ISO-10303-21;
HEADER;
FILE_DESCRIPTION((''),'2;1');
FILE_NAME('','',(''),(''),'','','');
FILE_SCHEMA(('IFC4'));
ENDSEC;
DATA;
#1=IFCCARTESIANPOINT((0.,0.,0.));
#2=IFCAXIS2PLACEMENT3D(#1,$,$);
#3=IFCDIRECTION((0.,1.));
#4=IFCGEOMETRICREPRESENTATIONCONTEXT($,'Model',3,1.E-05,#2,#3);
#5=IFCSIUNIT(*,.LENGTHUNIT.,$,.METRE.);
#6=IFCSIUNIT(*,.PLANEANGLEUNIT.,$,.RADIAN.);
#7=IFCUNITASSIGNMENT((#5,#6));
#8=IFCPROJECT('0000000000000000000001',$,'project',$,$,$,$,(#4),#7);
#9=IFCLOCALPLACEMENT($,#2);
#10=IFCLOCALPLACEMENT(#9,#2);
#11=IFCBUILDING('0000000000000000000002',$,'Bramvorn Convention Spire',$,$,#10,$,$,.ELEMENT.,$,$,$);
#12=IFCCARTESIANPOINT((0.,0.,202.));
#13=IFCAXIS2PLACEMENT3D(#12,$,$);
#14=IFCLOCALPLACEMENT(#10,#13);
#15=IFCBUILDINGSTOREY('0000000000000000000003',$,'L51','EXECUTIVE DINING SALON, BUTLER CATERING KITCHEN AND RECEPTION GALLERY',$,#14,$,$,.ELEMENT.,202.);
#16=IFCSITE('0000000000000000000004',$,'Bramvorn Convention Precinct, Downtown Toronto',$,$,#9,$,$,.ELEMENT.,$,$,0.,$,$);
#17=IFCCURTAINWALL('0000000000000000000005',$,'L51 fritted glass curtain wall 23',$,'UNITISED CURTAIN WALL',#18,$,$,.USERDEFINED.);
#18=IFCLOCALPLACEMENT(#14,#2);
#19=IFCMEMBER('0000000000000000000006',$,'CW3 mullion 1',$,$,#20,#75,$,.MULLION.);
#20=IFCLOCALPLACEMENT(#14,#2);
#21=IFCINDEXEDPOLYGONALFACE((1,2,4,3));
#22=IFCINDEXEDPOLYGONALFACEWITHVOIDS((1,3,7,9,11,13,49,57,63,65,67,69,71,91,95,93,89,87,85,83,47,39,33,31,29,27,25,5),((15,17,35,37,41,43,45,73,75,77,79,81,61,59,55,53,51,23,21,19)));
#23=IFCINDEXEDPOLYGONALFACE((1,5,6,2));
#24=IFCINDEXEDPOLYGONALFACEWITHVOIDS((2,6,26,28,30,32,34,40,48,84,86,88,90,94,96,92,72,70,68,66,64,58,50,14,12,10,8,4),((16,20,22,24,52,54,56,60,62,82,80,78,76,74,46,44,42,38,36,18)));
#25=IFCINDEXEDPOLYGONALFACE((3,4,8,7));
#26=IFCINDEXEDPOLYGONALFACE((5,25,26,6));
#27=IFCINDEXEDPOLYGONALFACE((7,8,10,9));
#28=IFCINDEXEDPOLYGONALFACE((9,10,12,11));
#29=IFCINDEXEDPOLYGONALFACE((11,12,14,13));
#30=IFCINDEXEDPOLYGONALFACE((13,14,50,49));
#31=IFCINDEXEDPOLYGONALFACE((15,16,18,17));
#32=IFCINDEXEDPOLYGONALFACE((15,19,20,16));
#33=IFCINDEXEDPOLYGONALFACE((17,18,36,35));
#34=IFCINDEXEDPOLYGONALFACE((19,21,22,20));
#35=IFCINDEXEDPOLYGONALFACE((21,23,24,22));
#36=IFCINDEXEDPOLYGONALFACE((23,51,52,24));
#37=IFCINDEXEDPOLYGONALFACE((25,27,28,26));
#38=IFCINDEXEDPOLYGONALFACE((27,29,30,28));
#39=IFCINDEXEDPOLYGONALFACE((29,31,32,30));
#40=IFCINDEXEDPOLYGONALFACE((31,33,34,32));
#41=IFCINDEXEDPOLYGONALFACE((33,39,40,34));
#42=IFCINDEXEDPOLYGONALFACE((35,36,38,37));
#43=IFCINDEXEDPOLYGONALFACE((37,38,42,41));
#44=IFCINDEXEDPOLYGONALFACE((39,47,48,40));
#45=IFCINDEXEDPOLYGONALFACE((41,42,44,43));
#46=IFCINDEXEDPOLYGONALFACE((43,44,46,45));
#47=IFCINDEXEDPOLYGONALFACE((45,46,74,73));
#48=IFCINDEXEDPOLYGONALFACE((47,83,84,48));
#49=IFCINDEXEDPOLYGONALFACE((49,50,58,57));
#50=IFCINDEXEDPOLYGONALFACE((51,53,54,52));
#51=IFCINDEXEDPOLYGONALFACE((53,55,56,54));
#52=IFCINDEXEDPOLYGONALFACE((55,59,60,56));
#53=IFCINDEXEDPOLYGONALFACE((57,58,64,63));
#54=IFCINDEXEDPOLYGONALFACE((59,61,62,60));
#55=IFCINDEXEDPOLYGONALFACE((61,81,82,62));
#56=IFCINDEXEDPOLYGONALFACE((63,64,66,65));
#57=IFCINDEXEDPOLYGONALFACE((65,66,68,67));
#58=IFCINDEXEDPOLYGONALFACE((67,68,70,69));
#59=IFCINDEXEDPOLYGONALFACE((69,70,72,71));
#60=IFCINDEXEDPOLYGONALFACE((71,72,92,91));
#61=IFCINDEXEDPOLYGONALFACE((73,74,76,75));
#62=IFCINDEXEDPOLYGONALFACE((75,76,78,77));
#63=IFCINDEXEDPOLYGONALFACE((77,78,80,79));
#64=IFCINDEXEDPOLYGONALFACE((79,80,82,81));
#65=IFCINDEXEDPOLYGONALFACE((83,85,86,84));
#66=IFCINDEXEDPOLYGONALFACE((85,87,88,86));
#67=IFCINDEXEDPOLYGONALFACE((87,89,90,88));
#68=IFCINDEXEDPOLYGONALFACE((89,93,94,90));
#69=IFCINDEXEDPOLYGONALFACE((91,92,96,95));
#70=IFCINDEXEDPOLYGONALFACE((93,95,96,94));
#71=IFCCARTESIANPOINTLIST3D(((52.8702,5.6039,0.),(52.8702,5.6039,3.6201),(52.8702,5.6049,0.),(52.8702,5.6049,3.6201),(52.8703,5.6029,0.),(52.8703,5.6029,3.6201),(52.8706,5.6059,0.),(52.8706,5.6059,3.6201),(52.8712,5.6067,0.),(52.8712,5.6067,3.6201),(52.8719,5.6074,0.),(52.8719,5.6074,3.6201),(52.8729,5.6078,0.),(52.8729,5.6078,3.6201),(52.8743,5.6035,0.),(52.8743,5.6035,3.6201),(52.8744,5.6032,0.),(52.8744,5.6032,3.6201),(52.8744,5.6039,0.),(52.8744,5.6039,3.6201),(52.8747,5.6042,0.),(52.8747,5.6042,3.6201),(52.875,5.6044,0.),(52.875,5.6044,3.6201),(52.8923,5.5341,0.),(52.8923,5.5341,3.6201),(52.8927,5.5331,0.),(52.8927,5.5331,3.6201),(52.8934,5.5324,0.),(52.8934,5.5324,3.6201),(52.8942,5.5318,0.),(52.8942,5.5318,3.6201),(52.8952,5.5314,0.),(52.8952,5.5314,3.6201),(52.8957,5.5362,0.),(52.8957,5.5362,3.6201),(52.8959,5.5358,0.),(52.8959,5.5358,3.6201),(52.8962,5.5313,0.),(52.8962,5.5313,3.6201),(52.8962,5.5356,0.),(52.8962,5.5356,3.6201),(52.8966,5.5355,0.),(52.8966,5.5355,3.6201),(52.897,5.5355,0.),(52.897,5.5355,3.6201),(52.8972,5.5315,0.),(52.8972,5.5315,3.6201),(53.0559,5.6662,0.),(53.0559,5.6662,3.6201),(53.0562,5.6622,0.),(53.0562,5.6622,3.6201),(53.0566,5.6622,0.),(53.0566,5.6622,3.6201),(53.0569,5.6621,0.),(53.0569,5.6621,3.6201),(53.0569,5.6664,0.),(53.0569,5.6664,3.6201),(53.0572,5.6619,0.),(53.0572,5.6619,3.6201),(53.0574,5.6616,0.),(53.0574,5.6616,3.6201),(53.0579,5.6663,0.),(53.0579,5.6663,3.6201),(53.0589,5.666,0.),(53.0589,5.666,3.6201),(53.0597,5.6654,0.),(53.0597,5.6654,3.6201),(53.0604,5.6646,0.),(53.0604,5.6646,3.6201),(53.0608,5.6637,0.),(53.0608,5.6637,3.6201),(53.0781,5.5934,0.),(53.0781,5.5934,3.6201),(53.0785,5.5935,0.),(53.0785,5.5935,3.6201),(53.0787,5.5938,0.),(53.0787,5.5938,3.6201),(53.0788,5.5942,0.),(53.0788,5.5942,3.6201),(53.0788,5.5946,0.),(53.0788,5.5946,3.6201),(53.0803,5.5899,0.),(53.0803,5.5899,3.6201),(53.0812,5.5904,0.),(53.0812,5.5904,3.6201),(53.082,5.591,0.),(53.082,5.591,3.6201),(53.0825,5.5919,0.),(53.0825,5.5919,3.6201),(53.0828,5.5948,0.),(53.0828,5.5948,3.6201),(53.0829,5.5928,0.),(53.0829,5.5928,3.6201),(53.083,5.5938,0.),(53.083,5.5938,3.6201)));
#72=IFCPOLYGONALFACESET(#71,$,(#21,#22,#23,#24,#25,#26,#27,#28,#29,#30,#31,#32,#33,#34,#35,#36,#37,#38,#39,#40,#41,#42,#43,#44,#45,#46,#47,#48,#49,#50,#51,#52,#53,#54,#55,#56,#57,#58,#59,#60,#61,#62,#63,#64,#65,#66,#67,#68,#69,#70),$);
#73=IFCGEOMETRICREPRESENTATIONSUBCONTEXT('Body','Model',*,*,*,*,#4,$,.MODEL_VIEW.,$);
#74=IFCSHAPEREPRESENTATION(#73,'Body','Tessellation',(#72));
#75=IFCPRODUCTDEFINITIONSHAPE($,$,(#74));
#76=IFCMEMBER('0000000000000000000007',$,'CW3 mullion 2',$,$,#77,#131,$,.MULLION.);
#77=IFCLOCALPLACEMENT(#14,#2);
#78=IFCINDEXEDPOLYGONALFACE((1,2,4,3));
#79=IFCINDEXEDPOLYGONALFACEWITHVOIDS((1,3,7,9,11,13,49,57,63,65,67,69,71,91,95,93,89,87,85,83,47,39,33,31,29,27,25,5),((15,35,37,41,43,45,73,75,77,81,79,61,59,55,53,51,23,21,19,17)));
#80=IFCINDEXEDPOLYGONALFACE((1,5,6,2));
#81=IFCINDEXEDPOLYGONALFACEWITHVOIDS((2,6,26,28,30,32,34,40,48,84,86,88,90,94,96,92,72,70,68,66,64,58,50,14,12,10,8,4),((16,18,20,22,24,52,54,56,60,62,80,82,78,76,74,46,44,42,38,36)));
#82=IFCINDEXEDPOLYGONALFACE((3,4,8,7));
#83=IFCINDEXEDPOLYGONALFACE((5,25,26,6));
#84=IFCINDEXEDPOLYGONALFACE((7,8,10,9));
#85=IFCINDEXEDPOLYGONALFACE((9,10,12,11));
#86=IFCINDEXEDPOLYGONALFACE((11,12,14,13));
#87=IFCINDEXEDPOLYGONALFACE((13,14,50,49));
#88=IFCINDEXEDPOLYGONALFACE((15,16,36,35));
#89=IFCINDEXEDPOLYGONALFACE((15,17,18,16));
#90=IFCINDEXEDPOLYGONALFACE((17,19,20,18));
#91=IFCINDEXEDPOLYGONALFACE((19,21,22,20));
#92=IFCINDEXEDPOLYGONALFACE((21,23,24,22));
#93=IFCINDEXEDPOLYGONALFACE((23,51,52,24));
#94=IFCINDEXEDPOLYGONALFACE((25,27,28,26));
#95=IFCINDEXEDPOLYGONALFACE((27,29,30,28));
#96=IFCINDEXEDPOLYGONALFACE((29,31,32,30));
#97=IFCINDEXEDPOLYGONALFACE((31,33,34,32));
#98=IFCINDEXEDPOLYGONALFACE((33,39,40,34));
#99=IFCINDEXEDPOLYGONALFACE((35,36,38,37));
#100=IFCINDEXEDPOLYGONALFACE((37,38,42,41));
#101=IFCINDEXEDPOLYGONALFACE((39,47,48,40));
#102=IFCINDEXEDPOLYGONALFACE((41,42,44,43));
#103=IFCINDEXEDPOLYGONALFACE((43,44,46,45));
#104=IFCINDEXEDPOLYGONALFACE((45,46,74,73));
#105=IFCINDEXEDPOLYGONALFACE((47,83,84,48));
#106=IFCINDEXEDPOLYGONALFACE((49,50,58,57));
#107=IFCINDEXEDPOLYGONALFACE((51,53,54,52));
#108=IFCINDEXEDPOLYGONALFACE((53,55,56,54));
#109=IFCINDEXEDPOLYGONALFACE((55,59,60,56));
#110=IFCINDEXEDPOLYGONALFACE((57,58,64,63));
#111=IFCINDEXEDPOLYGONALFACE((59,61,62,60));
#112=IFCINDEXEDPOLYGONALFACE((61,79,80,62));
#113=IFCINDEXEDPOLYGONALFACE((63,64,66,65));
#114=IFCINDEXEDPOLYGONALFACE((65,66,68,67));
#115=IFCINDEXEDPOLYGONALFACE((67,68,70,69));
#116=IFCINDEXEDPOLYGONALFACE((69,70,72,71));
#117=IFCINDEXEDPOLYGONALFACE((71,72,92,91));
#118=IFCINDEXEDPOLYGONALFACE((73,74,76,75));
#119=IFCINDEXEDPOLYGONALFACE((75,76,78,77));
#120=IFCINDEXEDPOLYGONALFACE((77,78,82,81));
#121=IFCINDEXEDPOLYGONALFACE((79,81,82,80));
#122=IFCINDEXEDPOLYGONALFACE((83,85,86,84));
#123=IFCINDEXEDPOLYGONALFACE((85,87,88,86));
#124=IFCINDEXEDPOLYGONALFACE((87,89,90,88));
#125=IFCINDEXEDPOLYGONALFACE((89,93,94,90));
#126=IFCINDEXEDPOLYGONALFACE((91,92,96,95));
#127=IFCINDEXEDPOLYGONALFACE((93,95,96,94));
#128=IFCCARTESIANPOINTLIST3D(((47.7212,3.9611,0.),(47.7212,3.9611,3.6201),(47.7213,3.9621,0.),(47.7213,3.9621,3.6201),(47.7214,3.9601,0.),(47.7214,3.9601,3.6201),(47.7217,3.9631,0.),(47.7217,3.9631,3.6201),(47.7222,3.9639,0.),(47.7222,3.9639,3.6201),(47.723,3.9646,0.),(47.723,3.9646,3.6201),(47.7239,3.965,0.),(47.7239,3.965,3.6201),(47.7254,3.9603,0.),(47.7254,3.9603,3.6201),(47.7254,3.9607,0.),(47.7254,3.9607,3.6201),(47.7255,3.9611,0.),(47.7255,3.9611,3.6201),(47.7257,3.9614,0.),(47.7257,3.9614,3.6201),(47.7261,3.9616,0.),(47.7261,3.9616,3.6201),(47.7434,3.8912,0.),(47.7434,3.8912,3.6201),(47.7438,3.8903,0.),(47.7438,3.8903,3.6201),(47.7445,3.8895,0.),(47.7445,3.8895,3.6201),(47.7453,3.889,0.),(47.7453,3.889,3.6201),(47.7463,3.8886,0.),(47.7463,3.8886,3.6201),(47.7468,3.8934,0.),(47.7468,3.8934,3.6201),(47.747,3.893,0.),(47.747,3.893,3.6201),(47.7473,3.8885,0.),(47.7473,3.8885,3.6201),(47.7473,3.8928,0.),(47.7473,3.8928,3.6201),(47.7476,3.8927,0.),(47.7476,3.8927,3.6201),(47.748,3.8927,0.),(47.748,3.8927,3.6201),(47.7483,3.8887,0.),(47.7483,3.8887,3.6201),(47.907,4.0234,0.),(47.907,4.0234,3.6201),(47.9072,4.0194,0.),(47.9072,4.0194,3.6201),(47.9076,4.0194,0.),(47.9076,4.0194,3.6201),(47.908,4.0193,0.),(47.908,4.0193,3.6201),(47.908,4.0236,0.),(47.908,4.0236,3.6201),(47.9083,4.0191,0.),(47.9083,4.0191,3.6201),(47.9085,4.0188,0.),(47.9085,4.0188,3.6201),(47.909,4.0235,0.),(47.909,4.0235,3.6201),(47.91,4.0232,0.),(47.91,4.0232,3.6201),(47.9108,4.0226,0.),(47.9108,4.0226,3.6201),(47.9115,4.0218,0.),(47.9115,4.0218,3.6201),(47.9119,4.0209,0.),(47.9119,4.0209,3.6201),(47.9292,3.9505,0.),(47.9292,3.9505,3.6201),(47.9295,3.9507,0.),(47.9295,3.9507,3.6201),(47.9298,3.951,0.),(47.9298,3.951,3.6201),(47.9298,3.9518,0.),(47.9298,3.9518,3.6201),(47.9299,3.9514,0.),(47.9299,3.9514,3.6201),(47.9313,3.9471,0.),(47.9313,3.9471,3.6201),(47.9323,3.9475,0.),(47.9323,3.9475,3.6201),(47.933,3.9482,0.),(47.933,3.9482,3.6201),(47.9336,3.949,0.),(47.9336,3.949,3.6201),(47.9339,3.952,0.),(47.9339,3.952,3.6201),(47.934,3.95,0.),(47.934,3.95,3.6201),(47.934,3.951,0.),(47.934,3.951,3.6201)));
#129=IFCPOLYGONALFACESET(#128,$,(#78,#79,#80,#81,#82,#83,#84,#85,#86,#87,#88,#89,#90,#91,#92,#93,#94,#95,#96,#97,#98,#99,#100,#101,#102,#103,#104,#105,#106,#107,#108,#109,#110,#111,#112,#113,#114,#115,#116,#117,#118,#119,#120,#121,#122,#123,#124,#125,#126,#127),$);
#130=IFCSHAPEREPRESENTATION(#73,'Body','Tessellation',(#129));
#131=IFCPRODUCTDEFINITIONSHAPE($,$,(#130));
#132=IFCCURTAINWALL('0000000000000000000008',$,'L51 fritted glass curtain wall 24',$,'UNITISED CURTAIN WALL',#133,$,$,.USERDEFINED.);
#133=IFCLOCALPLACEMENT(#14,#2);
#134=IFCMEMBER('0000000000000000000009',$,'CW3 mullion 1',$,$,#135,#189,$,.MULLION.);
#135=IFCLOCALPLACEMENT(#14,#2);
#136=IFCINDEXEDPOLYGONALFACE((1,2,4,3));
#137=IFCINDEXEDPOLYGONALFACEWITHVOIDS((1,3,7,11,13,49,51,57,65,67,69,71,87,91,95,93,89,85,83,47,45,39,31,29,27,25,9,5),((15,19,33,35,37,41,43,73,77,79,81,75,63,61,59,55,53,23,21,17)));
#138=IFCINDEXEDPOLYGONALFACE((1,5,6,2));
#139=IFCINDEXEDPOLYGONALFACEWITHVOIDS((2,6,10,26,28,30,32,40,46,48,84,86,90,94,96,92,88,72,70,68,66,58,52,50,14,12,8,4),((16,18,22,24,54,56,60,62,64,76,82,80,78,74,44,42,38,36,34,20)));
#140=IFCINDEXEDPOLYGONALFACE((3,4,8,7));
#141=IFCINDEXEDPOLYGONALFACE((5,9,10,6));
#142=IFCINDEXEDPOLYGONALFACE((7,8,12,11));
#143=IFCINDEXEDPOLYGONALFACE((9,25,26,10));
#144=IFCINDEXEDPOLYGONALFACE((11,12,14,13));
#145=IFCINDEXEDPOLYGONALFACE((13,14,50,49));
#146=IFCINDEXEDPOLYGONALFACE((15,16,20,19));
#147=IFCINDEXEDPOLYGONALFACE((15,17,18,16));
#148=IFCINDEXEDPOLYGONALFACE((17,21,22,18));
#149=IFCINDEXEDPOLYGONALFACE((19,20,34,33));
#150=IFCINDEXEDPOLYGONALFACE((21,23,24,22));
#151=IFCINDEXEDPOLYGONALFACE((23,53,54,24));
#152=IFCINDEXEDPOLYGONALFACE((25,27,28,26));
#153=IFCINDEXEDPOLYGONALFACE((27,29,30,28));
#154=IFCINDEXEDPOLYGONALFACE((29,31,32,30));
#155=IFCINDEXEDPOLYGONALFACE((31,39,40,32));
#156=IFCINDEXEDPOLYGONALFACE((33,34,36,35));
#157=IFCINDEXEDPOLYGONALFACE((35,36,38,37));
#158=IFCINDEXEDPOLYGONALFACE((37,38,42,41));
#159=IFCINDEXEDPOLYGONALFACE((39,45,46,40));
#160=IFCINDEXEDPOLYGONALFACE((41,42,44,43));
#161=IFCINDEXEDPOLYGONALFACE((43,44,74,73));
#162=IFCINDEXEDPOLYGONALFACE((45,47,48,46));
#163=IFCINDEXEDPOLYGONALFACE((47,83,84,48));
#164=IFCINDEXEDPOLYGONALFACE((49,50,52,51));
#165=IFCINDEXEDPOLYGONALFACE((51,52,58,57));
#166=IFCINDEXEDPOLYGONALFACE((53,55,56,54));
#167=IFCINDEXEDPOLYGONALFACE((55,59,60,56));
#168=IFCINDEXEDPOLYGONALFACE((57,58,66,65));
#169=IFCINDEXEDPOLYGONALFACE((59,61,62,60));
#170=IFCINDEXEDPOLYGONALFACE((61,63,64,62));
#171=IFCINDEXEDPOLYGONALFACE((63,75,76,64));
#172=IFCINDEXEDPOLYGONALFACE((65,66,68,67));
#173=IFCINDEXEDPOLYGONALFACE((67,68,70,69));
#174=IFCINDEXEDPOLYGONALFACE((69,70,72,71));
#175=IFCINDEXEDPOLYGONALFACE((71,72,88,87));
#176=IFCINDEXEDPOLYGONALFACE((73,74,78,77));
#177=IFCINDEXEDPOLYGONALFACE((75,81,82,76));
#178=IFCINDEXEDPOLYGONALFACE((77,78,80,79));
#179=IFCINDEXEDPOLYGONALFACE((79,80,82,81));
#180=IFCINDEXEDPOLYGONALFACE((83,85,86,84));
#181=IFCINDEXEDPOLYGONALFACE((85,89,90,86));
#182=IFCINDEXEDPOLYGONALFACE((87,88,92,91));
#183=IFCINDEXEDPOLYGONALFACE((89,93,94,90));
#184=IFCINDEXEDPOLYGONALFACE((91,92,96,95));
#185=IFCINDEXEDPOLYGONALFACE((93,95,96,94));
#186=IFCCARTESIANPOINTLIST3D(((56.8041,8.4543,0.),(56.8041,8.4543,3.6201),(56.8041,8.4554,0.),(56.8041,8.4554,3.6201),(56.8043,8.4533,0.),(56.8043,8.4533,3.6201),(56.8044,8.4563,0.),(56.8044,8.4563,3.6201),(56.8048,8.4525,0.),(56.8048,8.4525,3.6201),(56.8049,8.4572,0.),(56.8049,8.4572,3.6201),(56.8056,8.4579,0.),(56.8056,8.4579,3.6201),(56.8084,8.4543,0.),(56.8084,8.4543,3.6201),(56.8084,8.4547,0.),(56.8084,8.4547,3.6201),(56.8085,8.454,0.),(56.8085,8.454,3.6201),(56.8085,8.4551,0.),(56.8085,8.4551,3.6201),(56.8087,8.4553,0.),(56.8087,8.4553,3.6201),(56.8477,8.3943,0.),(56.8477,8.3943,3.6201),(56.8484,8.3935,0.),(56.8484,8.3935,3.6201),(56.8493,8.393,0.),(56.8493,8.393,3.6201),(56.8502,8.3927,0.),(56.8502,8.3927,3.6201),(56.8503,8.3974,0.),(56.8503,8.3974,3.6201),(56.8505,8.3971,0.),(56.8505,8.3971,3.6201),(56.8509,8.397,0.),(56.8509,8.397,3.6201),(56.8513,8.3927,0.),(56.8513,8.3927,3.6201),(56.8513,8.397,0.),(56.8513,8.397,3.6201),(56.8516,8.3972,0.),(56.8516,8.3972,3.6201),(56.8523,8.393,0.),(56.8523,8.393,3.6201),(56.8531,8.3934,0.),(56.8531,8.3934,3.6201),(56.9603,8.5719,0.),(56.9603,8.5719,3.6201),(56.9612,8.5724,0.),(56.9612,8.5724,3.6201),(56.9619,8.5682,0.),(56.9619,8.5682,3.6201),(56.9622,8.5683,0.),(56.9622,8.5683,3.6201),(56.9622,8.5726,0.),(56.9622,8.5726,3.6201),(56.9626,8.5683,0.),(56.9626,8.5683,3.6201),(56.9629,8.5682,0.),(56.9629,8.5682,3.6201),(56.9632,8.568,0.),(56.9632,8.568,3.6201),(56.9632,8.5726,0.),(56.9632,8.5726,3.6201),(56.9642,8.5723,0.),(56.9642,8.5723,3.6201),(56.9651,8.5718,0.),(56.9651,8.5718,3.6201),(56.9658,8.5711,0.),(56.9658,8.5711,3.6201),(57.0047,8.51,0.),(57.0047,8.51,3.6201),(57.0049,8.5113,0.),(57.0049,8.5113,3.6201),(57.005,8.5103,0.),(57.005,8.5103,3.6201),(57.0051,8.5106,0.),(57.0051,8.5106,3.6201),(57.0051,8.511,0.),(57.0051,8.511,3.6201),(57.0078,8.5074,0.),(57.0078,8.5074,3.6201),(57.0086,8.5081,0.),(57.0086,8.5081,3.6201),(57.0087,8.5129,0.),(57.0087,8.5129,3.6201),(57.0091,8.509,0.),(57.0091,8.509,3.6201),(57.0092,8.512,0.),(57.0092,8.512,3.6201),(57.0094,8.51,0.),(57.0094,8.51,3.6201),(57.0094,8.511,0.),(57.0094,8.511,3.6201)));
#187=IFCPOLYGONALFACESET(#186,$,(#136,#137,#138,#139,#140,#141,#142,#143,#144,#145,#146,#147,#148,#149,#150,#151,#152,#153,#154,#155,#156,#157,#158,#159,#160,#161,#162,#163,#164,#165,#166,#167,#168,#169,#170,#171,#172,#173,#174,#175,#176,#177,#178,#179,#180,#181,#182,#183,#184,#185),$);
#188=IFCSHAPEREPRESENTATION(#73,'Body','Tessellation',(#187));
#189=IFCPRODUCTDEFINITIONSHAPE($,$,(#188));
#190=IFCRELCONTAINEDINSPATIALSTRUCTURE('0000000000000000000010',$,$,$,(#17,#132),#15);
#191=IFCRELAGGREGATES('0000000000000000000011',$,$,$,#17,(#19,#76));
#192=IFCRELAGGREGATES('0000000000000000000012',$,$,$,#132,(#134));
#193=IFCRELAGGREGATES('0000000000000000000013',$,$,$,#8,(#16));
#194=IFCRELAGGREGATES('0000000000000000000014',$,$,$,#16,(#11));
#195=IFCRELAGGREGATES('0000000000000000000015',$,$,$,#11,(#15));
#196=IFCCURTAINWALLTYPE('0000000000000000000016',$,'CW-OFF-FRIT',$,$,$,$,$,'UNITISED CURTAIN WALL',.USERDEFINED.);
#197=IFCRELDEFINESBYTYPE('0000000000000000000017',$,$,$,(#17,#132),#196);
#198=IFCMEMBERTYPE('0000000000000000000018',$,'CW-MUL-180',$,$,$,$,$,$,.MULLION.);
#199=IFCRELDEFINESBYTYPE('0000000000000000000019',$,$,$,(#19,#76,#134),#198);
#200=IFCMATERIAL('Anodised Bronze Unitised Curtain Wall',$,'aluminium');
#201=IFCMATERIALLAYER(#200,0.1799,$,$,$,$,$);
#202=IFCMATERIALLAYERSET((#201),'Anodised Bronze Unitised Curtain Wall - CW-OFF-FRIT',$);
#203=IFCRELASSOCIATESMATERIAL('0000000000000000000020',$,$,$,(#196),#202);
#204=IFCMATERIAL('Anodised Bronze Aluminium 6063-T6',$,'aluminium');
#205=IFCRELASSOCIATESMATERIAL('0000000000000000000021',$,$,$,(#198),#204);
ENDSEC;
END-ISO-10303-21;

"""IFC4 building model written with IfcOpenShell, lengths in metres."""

from ifc_helpers import new_model, si_unit, direction, frame, origin, origin_2d, place, context, subcontext, project, spatial, hollow_rectangle, extrude, material, layer, layer_set, material_profile, profile_set, type_object, element, aggregate, save


model = new_model("IFC4")

# Units and contexts
model_context = context("Model", 3, precision=1e-05, world=origin(), true_north=direction((0.0, 1.0)))
body_context = subcontext(model_context, "Body", "Model", "MODEL_VIEW")
ifc_project = project(units=[si_unit("LENGTHUNIT", "METRE"), si_unit("PLANEANGLEUNIT", "RADIAN")], contexts=[model_context])

# Site, building, storey
site_placement = place(None, origin())
site = spatial("IfcSite", under=ifc_project, at=site_placement, Name="Bramvorn Convention Precinct, Downtown Toronto", CompositionType="ELEMENT", RefElevation=0.0)
building_placement = place(site_placement, origin())
building = spatial("IfcBuilding", under=site, at=building_placement, Name="Bramvorn Convention Spire", CompositionType="ELEMENT")
storey_placement = place(building_placement, frame((0.0, 0.0, 202.0)))
storey = spatial("IfcBuildingStorey", under=building, at=storey_placement, Name="L51", Description="EXECUTIVE DINING SALON, BUTLER CATERING KITCHEN AND RECEPTION GALLERY", CompositionType="ELEMENT", Elevation=202.0)

# Curtain walls, members
ifc_material_1 = material(Name="Anodised Bronze Unitised Curtain Wall", Category="aluminium")
ifc_layer_1 = layer(ifc_material_1, 0.1799)
ifc_layer_set_1 = layer_set([ifc_layer_1], Name="Anodised Bronze Unitised Curtain Wall - CW-OFF-FRIT")
curtain_wall_type = type_object("IfcCurtainWallType", Name="CW-OFF-FRIT", ElementType="UNITISED CURTAIN WALL", PredefinedType="USERDEFINED", material=ifc_layer_set_1)
curtain_wall_1_placement = place(storey_placement, origin())
curtain_wall_1 = element("IfcCurtainWall", 1, at=curtain_wall_1_placement, inside=storey, type_object=curtain_wall_type, Name="L51 fritted glass curtain wall 23", ObjectType="UNITISED CURTAIN WALL", PredefinedType="USERDEFINED")
ifc_material_2 = material(Name="Anodised Bronze Aluminium 6063-T6", Category="aluminium")
ifc_material_profile_1 = material_profile(ifc_material_2, hollow_rectangle(XDim=0.0801, YDim=0.2, WallThickness=0.0039, InnerFilletRadius=0.001, OuterFilletRadius=0.0039, at=origin_2d()))
ifc_profile_set_1 = profile_set([ifc_material_profile_1], Name="Anodised Bronze Aluminium 6063-T6 - CWM80X200")
member_type_1 = type_object("IfcMemberType", Name="CW-MUL-180", PredefinedType="MULLION", material=ifc_profile_set_1)
member_1_placement = place(storey_placement, frame((52.9766, 5.5989, 0.0), z_axis=(0.0, 0.0, 1.0), x_axis=(0.303976, -0.95268, 0.0)))
member_1 = element("IfcMember", 2, at=member_1_placement, type_object=member_type_1, Name="CW3 mullion 1", PredefinedType="MULLION", context=body_context, shape_type="SweptSolid", body=[
    extrude(hollow_rectangle(XDim=0.0801, YDim=0.2, WallThickness=0.0039, InnerFilletRadius=0.001, OuterFilletRadius=0.0039, at=origin_2d()), origin(), (0.0, 0.0, 1.0), 3.6201),
])
member_2_placement = place(storey_placement, frame((47.8276, 3.9561, 0.0), z_axis=(0.0, 0.0, 1.0), x_axis=(0.303976, -0.95268, 0.0)))
member_2 = element("IfcMember", 3, at=member_2_placement, type_object=member_type_1, Name="CW3 mullion 2", PredefinedType="MULLION", context=body_context, shape_type="SweptSolid", body=[
    extrude(hollow_rectangle(XDim=0.0801, YDim=0.2, WallThickness=0.0039, InnerFilletRadius=0.001, OuterFilletRadius=0.0039, at=origin_2d()), origin(), (0.0, 0.0, 1.0), 3.6201),
])
curtain_wall_2_placement = place(storey_placement, origin())
curtain_wall_2 = element("IfcCurtainWall", 4, at=curtain_wall_2_placement, inside=storey, type_object=curtain_wall_type, Name="L51 fritted glass curtain wall 24", ObjectType="UNITISED CURTAIN WALL", PredefinedType="USERDEFINED")
member_3_placement = place(storey_placement, frame((56.9067, 8.4827, 0.0), z_axis=(0.0, 0.0, 1.0), x_axis=(0.593183, -0.805068, 0.0)))
member_3 = element("IfcMember", 5, at=member_3_placement, type_object=member_type_1, Name="CW3 mullion 1", PredefinedType="MULLION", context=body_context, shape_type="SweptSolid", body=[
    extrude(hollow_rectangle(XDim=0.0801, YDim=0.2, WallThickness=0.0039, InnerFilletRadius=0.001, OuterFilletRadius=0.0039, at=origin_2d()), origin(), (0.0, 0.0, 1.0), 3.6201),
])

aggregate(curtain_wall_1, [member_1, member_2])
aggregate(curtain_wall_2, [member_3])

save(model, "model.ifc")
